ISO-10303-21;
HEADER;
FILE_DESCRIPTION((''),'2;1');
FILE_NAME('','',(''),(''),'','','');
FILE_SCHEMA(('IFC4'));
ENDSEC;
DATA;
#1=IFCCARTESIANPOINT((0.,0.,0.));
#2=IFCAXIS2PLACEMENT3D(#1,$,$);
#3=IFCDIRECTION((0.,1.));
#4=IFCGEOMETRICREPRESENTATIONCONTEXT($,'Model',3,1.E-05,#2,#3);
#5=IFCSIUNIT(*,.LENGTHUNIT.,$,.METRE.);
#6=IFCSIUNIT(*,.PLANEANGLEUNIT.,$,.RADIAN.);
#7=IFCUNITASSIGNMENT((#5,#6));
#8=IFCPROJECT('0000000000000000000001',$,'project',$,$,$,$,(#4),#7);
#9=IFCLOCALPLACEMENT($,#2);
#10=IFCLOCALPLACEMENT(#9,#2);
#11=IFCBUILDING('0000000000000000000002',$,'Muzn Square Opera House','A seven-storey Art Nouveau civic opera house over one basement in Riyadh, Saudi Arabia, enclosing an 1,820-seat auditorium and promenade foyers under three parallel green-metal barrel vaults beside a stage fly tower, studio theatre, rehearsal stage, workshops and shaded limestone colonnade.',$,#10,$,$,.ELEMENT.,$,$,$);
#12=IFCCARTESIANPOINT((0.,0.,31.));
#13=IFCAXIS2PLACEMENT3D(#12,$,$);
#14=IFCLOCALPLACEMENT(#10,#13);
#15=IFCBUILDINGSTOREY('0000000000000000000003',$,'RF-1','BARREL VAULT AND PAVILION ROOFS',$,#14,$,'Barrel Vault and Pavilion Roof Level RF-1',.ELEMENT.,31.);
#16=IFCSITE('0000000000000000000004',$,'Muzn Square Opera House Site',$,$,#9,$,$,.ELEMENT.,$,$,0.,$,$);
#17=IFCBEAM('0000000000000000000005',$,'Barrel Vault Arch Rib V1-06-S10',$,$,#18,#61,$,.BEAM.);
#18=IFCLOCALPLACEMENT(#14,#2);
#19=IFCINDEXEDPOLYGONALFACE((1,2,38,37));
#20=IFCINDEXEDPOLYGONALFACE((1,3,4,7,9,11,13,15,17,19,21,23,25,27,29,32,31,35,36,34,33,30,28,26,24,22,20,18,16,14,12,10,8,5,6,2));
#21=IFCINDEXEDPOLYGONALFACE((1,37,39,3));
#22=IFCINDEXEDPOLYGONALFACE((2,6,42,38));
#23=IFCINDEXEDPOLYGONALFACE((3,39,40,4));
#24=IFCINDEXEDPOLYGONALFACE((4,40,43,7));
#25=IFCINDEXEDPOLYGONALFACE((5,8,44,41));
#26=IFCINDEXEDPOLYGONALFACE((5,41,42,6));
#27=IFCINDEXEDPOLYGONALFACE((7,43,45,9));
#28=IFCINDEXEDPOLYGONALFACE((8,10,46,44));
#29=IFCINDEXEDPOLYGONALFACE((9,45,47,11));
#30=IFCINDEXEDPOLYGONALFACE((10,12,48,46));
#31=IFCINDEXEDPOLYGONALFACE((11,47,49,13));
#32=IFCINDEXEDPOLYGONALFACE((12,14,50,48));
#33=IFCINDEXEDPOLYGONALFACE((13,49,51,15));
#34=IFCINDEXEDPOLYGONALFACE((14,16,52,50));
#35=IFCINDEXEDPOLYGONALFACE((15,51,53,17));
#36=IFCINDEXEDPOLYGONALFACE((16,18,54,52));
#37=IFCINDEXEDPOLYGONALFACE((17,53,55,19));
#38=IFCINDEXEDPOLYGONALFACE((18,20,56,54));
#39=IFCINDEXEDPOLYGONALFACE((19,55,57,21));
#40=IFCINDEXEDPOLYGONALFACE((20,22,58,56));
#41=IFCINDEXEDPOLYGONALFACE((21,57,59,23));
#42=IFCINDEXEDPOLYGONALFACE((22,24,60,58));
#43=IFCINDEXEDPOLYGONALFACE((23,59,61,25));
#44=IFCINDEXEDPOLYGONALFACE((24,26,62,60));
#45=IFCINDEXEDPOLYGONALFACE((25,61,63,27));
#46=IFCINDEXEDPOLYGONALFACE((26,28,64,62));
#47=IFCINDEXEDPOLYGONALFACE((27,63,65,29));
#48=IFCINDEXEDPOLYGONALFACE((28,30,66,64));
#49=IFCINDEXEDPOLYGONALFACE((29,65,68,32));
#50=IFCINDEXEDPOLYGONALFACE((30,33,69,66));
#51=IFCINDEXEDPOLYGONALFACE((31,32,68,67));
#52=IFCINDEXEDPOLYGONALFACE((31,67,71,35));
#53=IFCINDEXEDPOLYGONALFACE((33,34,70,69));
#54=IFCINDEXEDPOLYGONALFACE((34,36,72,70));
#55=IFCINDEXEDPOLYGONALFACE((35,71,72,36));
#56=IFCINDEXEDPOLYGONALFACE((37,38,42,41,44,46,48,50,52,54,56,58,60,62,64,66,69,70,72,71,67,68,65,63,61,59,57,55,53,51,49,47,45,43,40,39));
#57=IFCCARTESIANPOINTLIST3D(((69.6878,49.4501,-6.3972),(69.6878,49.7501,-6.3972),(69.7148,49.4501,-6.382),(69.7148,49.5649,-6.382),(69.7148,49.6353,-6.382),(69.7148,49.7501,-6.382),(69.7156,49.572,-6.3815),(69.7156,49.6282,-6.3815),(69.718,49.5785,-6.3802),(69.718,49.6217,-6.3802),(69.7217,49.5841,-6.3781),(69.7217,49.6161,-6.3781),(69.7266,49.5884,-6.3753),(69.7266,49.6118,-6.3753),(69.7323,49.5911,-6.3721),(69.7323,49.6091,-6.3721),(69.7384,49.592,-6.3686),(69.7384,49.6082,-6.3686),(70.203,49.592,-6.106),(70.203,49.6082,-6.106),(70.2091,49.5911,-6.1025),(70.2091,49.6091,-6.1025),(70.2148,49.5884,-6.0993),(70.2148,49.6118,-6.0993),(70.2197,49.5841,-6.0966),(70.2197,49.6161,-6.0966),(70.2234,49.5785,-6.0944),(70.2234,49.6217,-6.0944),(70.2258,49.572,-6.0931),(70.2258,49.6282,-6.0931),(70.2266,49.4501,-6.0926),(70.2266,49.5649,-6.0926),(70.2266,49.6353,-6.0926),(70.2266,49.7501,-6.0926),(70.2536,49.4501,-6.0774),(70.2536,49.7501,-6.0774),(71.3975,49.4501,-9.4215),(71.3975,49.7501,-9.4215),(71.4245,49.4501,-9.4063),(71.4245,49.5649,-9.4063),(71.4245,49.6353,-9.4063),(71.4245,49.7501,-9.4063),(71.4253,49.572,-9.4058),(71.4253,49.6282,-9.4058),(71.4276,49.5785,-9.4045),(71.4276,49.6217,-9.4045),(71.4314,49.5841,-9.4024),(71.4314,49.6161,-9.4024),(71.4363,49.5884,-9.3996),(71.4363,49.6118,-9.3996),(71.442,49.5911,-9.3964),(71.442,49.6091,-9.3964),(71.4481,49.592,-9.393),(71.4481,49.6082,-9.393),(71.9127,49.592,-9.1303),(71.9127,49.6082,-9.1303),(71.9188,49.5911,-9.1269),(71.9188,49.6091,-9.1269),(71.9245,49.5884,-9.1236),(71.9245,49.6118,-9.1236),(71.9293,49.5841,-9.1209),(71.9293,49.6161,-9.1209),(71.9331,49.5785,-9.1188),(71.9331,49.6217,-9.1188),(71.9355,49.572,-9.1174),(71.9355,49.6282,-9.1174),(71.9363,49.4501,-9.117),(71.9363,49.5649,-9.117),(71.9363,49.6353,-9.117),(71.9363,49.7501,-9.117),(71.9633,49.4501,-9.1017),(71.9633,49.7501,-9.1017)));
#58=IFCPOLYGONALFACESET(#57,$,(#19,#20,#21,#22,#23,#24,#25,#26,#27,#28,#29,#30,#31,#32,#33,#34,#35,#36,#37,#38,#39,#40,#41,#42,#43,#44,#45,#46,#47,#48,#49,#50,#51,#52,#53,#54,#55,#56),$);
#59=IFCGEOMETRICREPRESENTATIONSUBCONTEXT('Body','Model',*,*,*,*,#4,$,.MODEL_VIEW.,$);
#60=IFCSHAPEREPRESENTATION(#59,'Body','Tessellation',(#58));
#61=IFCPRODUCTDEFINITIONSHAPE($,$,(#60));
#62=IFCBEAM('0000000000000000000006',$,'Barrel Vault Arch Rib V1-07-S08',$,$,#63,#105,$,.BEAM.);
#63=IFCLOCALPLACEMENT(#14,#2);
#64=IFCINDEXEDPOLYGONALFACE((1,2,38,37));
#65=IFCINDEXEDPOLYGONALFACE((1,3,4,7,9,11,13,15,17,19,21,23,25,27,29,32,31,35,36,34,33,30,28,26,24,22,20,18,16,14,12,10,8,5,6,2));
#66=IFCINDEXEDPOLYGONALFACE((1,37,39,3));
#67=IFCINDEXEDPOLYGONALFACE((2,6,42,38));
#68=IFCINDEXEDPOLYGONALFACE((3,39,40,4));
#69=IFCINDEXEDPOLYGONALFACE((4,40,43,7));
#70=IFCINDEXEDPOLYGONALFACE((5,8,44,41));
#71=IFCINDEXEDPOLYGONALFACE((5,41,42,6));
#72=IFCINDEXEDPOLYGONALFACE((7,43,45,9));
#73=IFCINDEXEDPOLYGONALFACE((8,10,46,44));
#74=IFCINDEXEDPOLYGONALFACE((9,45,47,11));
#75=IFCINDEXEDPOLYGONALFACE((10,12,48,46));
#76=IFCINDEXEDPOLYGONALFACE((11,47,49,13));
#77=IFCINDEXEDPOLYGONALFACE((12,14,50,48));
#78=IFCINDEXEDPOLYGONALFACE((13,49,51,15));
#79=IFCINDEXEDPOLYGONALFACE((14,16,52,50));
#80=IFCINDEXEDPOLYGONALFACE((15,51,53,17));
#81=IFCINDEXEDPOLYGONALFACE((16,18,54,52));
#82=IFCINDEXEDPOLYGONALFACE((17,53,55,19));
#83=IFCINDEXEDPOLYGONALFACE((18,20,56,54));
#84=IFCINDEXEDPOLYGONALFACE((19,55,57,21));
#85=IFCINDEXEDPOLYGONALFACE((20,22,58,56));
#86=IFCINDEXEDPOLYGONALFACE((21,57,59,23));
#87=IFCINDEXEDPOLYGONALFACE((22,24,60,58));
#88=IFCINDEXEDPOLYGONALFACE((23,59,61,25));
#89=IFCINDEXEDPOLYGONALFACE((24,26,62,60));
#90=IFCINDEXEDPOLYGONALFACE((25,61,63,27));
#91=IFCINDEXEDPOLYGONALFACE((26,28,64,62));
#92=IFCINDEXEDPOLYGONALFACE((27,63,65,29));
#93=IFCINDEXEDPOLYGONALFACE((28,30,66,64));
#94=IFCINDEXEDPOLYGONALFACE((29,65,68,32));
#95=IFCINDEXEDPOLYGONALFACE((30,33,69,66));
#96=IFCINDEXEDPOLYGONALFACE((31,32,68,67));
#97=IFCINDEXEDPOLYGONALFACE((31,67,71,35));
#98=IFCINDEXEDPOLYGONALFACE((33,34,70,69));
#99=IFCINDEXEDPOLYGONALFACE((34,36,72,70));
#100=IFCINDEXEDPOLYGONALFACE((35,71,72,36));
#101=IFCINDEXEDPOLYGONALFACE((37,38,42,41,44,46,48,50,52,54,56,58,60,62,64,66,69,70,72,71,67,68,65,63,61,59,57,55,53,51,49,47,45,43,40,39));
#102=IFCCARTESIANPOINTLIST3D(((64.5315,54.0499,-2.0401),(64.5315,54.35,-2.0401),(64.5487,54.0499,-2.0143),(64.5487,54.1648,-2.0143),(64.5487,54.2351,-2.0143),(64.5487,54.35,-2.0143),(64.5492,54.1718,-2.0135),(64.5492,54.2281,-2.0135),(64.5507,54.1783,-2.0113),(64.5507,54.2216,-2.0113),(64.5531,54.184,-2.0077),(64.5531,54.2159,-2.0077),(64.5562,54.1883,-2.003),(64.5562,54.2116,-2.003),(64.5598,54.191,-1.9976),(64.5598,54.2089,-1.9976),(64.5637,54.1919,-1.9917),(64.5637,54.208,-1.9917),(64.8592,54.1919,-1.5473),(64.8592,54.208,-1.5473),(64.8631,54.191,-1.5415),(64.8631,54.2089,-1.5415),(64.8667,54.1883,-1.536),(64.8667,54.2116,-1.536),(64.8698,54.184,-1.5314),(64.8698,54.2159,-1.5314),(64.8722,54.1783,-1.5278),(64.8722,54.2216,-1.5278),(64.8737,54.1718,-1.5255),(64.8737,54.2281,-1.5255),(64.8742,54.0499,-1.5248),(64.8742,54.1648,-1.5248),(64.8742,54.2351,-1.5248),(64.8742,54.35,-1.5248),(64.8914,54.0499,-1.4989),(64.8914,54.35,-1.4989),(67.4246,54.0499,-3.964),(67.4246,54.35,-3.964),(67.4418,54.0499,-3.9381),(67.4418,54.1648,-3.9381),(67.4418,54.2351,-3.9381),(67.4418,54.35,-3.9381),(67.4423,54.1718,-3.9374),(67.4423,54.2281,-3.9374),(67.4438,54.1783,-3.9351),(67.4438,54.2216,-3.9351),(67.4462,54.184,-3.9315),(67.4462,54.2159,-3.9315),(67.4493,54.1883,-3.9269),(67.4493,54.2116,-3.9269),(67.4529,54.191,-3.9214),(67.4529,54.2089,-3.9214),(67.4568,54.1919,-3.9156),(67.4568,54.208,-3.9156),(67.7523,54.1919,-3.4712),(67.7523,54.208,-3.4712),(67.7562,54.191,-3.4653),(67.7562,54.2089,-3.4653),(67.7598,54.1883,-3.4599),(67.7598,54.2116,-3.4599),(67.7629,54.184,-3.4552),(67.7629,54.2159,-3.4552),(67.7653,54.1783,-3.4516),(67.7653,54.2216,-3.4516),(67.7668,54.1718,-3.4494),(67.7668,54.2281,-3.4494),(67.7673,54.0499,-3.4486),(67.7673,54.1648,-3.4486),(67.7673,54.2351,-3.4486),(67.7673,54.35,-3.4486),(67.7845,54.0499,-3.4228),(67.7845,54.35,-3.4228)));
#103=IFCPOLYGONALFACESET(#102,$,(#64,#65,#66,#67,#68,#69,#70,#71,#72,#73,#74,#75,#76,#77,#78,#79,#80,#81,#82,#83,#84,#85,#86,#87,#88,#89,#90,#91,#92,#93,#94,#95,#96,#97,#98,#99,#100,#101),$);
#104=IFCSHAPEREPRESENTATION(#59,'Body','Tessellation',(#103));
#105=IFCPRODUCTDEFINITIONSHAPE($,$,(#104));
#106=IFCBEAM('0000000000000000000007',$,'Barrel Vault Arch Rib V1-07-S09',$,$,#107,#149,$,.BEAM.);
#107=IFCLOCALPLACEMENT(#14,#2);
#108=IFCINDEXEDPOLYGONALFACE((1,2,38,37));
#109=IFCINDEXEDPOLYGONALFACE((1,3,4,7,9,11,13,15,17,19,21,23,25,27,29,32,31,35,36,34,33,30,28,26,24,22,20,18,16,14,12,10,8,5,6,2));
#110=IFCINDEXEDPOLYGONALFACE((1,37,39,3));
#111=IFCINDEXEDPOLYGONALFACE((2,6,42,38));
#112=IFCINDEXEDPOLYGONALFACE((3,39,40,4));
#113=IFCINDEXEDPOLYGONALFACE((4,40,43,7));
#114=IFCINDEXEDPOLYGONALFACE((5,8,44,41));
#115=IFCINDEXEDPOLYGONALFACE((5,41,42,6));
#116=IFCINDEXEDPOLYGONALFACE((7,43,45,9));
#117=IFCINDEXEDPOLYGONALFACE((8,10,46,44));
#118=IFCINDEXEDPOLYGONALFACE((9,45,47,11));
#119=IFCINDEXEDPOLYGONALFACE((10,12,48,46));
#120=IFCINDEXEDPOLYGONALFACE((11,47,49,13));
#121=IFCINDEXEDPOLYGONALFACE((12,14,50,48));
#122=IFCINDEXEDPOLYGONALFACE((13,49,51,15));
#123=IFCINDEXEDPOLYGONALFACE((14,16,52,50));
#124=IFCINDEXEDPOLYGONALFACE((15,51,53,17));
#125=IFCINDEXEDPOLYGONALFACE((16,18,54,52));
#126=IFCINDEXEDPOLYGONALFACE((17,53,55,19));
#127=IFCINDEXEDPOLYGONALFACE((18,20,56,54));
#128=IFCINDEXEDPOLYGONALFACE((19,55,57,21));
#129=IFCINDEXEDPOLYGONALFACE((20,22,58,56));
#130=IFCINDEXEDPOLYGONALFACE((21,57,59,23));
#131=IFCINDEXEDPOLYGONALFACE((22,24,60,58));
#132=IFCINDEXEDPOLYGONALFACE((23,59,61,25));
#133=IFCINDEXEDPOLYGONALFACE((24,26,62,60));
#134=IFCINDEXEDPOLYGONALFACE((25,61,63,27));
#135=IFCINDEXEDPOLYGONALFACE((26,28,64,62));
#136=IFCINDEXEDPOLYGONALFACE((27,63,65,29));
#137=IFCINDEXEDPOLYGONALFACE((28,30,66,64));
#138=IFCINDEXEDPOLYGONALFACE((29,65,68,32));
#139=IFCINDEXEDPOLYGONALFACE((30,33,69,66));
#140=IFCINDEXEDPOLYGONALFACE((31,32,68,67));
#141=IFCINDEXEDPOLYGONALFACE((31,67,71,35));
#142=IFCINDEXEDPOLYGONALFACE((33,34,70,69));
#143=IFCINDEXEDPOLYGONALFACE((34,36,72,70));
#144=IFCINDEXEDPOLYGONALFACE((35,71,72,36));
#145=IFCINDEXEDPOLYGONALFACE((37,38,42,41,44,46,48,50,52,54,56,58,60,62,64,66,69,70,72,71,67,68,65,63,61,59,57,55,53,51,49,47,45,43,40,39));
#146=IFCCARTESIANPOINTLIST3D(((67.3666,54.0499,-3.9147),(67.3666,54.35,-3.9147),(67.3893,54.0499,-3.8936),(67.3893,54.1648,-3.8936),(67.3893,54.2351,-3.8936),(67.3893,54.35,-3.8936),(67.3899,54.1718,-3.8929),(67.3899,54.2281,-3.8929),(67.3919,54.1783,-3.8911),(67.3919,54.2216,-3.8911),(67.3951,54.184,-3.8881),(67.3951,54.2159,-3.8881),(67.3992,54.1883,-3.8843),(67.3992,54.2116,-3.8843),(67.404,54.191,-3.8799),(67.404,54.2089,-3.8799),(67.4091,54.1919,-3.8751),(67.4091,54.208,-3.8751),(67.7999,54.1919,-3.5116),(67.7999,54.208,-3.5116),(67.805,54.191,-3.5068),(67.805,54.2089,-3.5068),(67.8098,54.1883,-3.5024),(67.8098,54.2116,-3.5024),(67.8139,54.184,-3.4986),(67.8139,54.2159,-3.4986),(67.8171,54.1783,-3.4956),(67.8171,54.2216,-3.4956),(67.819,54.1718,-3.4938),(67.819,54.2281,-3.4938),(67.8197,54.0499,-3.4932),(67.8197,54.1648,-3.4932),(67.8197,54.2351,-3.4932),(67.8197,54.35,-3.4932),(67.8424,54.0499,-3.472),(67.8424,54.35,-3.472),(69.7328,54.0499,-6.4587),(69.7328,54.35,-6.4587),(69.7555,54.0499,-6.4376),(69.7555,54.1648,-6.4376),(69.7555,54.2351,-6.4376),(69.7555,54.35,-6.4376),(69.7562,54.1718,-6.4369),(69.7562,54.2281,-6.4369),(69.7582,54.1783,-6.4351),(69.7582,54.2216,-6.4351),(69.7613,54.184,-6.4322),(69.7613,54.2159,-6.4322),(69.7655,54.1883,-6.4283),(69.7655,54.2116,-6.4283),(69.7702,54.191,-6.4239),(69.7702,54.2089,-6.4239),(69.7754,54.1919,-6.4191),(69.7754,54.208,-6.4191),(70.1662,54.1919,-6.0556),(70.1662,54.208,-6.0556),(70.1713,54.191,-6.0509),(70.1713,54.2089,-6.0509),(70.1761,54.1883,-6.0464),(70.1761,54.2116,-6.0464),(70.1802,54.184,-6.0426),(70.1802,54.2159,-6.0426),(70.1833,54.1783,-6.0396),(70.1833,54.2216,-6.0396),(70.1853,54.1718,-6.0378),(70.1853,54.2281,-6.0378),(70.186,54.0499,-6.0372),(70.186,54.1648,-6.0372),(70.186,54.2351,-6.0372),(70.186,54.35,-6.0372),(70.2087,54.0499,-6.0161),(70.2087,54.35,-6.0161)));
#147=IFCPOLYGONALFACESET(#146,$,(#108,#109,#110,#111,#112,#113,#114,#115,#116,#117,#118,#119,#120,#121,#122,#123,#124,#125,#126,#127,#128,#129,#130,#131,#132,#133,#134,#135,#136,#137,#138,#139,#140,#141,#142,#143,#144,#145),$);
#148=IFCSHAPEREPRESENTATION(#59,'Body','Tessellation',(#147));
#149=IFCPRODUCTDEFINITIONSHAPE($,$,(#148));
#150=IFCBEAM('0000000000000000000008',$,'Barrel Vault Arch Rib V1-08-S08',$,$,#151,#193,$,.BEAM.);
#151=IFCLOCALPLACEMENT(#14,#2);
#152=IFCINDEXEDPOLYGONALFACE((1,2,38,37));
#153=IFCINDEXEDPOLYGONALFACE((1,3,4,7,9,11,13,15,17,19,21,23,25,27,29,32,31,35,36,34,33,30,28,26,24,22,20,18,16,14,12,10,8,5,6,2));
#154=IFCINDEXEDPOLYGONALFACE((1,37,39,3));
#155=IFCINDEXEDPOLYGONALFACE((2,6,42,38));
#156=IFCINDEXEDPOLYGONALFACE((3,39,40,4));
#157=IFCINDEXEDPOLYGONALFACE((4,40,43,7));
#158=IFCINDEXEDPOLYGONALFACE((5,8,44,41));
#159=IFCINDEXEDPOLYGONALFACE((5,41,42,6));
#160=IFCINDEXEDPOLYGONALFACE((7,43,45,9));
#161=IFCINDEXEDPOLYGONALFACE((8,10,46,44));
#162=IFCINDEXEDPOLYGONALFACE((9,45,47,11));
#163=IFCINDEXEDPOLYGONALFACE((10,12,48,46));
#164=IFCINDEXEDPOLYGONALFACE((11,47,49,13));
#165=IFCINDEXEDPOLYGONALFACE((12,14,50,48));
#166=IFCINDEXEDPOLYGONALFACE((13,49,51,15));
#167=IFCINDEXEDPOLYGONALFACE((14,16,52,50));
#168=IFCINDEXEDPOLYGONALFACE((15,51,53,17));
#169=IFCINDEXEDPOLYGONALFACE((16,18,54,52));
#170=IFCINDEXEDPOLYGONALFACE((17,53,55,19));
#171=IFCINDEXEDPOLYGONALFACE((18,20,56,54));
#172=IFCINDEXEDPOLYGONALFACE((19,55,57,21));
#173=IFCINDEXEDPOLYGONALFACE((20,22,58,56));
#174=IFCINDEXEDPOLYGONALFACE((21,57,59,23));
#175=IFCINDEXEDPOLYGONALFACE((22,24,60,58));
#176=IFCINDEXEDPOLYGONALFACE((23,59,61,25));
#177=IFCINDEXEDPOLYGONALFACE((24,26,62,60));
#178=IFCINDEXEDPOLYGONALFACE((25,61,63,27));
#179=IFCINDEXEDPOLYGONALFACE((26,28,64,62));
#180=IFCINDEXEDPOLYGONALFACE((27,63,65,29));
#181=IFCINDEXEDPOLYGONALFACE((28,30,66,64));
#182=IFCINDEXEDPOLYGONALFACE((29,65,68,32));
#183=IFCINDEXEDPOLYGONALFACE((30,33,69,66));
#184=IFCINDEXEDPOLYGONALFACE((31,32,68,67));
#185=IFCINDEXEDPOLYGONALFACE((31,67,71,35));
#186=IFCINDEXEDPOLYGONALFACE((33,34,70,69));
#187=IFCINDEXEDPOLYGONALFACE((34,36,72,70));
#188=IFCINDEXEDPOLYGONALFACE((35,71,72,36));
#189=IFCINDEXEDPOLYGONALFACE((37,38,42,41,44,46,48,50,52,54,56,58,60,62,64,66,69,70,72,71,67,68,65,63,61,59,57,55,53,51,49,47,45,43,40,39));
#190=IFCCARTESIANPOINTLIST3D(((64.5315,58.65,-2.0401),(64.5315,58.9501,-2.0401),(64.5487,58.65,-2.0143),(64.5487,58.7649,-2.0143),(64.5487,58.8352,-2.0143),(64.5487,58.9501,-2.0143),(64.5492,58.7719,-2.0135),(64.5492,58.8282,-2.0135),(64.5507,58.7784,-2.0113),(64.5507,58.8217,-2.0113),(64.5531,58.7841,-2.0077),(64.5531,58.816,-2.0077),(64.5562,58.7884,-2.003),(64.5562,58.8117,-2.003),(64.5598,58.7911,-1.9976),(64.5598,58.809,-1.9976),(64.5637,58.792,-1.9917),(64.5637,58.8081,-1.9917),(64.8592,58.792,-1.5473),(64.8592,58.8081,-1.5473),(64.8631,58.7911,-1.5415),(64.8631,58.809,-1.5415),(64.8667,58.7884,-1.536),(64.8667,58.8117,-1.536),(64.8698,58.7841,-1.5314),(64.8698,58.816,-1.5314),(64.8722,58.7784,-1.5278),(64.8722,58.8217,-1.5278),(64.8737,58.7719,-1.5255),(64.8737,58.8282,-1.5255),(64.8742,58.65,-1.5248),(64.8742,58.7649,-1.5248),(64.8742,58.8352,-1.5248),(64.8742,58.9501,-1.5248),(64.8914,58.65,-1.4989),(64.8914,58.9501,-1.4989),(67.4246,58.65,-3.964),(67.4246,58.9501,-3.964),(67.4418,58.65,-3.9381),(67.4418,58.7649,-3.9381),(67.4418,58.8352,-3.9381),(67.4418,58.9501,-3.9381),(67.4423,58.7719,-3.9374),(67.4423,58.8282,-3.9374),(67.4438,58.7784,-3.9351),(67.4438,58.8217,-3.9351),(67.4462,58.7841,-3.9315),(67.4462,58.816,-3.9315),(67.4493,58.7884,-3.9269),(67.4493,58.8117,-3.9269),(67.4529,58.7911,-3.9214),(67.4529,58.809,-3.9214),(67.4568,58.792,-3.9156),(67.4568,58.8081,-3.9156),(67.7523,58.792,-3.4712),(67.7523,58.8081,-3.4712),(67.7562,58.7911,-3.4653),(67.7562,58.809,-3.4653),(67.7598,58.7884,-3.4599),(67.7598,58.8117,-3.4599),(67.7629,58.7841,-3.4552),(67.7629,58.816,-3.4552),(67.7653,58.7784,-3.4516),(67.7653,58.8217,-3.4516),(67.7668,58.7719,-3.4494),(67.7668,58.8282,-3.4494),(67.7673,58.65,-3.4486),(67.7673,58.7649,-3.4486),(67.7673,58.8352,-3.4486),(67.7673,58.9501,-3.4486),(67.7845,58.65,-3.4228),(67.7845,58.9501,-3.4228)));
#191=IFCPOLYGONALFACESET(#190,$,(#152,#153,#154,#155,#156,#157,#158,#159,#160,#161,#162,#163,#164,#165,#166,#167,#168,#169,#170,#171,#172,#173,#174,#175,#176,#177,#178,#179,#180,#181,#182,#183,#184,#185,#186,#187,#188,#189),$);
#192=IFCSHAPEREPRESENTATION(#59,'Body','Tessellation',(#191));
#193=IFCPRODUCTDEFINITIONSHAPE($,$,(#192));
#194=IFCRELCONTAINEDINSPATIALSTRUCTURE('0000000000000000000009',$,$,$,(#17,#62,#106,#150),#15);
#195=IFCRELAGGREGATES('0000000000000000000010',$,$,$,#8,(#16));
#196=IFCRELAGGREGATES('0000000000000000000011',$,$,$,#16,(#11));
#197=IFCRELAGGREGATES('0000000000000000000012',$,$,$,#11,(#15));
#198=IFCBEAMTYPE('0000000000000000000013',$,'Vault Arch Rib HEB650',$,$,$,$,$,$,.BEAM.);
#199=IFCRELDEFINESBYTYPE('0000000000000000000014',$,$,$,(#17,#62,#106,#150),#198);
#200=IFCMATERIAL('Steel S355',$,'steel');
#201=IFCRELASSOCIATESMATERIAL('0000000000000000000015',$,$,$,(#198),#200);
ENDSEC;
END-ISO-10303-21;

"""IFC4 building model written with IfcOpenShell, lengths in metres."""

from ifc_helpers import new_model, si_unit, direction, frame, origin, origin_2d, place, context, subcontext, project, spatial, i_section, extrude, material, material_profile, profile_set, type_object, element, save


model = new_model("IFC4")

# Units and contexts
model_context = context("Model", 3, precision=1e-05, world=origin(), true_north=direction((0.0, 1.0)))
body_context = subcontext(model_context, "Body", "Model", "MODEL_VIEW")
ifc_project = project(units=[si_unit("LENGTHUNIT", "METRE"), si_unit("PLANEANGLEUNIT", "RADIAN")], contexts=[model_context])

# Site, building, storey
site_placement = place(None, origin())
site = spatial("IfcSite", under=ifc_project, at=site_placement, Name="Muzn Square Opera House Site", CompositionType="ELEMENT", RefElevation=0.0)
building_placement = place(site_placement, origin())
building = spatial("IfcBuilding", under=site, at=building_placement, Name="Muzn Square Opera House", Description="A seven-storey Art Nouveau civic opera house over one basement in Riyadh, Saudi Arabia, enclosing an 1,820-seat auditorium and promenade foyers under three parallel green-metal barrel vaults beside a stage fly tower, studio theatre, rehearsal stage, workshops and shaded limestone colonnade.", CompositionType="ELEMENT")
storey_placement = place(building_placement, frame((0.0, 0.0, 31.0)))
storey = spatial("IfcBuildingStorey", under=building, at=storey_placement, Name="RF-1", Description="BARREL VAULT AND PAVILION ROOFS", LongName="Barrel Vault and Pavilion Roof Level RF-1", CompositionType="ELEMENT", Elevation=31.0)

# Beams
ifc_material_1 = material(Name="Steel S355", Category="steel")
ifc_material_profile_1 = material_profile(ifc_material_1, i_section(OverallWidth=0.3, OverallDepth=0.6499, WebThickness=0.0161, FlangeThickness=0.031, FilletRadius=0.0271, at=origin_2d()), Name="HEB 650", Category="steel")
ifc_profile_set_1 = profile_set([ifc_material_profile_1], Name="Steel S355")
beam_type_1 = type_object("IfcBeamType", Name="Vault Arch Rib HEB650", PredefinedType="BEAM", material=ifc_profile_set_1)
beam_placement = place(storey_placement, frame((69.9707, 49.6001, -6.2373), z_axis=(0.492115, 0.0, -0.87053), x_axis=(0.0, 1.0, 0.0)))
element("IfcBeam", 1, at=beam_placement, inside=storey, type_object=beam_type_1, Name="Barrel Vault Arch Rib V1-06-S10", PredefinedType="BEAM", context=body_context, shape_type="SweptSolid", body=[
    extrude(i_section(OverallWidth=0.3, OverallDepth=0.6499, WebThickness=0.0161, FlangeThickness=0.031, FilletRadius=0.0271, at=origin_2d()), origin(), (0.0, 0.0, 1.0), 3.4741),
])
for number, where, z_axis, x_axis, name in (
    (2, (64.7114, 54.2, -1.7695), (0.832698, 0.0, -0.553727), (0.0, 1.0, 0.0), "Barrel Vault Arch Rib V1-07-S08"),
    (3, (67.6045, 54.2, -3.6934), (0.681065, 0.0, -0.732223), (0.0, 1.0, 0.0), "Barrel Vault Arch Rib V1-07-S09"),
    (4, (64.7114, 58.8, -1.7695), (0.832698, 0.0, -0.553727), (0.0, 1.0, 0.0), "Barrel Vault Arch Rib V1-08-S08"),
):
    element("IfcBeam", number, at=place(storey_placement, frame(where, z_axis=z_axis, x_axis=x_axis)), inside=storey, type_object=beam_type_1, Name=name, PredefinedType="BEAM", context=body_context, shape_type="SweptSolid", body=[
        extrude(i_section(OverallWidth=0.3, OverallDepth=0.6499, WebThickness=0.0161, FlangeThickness=0.031, FilletRadius=0.0271, at=origin_2d()), origin(), (0.0, 0.0, 1.0), 3.4744),
    ])

save(model, "model.ifc")
